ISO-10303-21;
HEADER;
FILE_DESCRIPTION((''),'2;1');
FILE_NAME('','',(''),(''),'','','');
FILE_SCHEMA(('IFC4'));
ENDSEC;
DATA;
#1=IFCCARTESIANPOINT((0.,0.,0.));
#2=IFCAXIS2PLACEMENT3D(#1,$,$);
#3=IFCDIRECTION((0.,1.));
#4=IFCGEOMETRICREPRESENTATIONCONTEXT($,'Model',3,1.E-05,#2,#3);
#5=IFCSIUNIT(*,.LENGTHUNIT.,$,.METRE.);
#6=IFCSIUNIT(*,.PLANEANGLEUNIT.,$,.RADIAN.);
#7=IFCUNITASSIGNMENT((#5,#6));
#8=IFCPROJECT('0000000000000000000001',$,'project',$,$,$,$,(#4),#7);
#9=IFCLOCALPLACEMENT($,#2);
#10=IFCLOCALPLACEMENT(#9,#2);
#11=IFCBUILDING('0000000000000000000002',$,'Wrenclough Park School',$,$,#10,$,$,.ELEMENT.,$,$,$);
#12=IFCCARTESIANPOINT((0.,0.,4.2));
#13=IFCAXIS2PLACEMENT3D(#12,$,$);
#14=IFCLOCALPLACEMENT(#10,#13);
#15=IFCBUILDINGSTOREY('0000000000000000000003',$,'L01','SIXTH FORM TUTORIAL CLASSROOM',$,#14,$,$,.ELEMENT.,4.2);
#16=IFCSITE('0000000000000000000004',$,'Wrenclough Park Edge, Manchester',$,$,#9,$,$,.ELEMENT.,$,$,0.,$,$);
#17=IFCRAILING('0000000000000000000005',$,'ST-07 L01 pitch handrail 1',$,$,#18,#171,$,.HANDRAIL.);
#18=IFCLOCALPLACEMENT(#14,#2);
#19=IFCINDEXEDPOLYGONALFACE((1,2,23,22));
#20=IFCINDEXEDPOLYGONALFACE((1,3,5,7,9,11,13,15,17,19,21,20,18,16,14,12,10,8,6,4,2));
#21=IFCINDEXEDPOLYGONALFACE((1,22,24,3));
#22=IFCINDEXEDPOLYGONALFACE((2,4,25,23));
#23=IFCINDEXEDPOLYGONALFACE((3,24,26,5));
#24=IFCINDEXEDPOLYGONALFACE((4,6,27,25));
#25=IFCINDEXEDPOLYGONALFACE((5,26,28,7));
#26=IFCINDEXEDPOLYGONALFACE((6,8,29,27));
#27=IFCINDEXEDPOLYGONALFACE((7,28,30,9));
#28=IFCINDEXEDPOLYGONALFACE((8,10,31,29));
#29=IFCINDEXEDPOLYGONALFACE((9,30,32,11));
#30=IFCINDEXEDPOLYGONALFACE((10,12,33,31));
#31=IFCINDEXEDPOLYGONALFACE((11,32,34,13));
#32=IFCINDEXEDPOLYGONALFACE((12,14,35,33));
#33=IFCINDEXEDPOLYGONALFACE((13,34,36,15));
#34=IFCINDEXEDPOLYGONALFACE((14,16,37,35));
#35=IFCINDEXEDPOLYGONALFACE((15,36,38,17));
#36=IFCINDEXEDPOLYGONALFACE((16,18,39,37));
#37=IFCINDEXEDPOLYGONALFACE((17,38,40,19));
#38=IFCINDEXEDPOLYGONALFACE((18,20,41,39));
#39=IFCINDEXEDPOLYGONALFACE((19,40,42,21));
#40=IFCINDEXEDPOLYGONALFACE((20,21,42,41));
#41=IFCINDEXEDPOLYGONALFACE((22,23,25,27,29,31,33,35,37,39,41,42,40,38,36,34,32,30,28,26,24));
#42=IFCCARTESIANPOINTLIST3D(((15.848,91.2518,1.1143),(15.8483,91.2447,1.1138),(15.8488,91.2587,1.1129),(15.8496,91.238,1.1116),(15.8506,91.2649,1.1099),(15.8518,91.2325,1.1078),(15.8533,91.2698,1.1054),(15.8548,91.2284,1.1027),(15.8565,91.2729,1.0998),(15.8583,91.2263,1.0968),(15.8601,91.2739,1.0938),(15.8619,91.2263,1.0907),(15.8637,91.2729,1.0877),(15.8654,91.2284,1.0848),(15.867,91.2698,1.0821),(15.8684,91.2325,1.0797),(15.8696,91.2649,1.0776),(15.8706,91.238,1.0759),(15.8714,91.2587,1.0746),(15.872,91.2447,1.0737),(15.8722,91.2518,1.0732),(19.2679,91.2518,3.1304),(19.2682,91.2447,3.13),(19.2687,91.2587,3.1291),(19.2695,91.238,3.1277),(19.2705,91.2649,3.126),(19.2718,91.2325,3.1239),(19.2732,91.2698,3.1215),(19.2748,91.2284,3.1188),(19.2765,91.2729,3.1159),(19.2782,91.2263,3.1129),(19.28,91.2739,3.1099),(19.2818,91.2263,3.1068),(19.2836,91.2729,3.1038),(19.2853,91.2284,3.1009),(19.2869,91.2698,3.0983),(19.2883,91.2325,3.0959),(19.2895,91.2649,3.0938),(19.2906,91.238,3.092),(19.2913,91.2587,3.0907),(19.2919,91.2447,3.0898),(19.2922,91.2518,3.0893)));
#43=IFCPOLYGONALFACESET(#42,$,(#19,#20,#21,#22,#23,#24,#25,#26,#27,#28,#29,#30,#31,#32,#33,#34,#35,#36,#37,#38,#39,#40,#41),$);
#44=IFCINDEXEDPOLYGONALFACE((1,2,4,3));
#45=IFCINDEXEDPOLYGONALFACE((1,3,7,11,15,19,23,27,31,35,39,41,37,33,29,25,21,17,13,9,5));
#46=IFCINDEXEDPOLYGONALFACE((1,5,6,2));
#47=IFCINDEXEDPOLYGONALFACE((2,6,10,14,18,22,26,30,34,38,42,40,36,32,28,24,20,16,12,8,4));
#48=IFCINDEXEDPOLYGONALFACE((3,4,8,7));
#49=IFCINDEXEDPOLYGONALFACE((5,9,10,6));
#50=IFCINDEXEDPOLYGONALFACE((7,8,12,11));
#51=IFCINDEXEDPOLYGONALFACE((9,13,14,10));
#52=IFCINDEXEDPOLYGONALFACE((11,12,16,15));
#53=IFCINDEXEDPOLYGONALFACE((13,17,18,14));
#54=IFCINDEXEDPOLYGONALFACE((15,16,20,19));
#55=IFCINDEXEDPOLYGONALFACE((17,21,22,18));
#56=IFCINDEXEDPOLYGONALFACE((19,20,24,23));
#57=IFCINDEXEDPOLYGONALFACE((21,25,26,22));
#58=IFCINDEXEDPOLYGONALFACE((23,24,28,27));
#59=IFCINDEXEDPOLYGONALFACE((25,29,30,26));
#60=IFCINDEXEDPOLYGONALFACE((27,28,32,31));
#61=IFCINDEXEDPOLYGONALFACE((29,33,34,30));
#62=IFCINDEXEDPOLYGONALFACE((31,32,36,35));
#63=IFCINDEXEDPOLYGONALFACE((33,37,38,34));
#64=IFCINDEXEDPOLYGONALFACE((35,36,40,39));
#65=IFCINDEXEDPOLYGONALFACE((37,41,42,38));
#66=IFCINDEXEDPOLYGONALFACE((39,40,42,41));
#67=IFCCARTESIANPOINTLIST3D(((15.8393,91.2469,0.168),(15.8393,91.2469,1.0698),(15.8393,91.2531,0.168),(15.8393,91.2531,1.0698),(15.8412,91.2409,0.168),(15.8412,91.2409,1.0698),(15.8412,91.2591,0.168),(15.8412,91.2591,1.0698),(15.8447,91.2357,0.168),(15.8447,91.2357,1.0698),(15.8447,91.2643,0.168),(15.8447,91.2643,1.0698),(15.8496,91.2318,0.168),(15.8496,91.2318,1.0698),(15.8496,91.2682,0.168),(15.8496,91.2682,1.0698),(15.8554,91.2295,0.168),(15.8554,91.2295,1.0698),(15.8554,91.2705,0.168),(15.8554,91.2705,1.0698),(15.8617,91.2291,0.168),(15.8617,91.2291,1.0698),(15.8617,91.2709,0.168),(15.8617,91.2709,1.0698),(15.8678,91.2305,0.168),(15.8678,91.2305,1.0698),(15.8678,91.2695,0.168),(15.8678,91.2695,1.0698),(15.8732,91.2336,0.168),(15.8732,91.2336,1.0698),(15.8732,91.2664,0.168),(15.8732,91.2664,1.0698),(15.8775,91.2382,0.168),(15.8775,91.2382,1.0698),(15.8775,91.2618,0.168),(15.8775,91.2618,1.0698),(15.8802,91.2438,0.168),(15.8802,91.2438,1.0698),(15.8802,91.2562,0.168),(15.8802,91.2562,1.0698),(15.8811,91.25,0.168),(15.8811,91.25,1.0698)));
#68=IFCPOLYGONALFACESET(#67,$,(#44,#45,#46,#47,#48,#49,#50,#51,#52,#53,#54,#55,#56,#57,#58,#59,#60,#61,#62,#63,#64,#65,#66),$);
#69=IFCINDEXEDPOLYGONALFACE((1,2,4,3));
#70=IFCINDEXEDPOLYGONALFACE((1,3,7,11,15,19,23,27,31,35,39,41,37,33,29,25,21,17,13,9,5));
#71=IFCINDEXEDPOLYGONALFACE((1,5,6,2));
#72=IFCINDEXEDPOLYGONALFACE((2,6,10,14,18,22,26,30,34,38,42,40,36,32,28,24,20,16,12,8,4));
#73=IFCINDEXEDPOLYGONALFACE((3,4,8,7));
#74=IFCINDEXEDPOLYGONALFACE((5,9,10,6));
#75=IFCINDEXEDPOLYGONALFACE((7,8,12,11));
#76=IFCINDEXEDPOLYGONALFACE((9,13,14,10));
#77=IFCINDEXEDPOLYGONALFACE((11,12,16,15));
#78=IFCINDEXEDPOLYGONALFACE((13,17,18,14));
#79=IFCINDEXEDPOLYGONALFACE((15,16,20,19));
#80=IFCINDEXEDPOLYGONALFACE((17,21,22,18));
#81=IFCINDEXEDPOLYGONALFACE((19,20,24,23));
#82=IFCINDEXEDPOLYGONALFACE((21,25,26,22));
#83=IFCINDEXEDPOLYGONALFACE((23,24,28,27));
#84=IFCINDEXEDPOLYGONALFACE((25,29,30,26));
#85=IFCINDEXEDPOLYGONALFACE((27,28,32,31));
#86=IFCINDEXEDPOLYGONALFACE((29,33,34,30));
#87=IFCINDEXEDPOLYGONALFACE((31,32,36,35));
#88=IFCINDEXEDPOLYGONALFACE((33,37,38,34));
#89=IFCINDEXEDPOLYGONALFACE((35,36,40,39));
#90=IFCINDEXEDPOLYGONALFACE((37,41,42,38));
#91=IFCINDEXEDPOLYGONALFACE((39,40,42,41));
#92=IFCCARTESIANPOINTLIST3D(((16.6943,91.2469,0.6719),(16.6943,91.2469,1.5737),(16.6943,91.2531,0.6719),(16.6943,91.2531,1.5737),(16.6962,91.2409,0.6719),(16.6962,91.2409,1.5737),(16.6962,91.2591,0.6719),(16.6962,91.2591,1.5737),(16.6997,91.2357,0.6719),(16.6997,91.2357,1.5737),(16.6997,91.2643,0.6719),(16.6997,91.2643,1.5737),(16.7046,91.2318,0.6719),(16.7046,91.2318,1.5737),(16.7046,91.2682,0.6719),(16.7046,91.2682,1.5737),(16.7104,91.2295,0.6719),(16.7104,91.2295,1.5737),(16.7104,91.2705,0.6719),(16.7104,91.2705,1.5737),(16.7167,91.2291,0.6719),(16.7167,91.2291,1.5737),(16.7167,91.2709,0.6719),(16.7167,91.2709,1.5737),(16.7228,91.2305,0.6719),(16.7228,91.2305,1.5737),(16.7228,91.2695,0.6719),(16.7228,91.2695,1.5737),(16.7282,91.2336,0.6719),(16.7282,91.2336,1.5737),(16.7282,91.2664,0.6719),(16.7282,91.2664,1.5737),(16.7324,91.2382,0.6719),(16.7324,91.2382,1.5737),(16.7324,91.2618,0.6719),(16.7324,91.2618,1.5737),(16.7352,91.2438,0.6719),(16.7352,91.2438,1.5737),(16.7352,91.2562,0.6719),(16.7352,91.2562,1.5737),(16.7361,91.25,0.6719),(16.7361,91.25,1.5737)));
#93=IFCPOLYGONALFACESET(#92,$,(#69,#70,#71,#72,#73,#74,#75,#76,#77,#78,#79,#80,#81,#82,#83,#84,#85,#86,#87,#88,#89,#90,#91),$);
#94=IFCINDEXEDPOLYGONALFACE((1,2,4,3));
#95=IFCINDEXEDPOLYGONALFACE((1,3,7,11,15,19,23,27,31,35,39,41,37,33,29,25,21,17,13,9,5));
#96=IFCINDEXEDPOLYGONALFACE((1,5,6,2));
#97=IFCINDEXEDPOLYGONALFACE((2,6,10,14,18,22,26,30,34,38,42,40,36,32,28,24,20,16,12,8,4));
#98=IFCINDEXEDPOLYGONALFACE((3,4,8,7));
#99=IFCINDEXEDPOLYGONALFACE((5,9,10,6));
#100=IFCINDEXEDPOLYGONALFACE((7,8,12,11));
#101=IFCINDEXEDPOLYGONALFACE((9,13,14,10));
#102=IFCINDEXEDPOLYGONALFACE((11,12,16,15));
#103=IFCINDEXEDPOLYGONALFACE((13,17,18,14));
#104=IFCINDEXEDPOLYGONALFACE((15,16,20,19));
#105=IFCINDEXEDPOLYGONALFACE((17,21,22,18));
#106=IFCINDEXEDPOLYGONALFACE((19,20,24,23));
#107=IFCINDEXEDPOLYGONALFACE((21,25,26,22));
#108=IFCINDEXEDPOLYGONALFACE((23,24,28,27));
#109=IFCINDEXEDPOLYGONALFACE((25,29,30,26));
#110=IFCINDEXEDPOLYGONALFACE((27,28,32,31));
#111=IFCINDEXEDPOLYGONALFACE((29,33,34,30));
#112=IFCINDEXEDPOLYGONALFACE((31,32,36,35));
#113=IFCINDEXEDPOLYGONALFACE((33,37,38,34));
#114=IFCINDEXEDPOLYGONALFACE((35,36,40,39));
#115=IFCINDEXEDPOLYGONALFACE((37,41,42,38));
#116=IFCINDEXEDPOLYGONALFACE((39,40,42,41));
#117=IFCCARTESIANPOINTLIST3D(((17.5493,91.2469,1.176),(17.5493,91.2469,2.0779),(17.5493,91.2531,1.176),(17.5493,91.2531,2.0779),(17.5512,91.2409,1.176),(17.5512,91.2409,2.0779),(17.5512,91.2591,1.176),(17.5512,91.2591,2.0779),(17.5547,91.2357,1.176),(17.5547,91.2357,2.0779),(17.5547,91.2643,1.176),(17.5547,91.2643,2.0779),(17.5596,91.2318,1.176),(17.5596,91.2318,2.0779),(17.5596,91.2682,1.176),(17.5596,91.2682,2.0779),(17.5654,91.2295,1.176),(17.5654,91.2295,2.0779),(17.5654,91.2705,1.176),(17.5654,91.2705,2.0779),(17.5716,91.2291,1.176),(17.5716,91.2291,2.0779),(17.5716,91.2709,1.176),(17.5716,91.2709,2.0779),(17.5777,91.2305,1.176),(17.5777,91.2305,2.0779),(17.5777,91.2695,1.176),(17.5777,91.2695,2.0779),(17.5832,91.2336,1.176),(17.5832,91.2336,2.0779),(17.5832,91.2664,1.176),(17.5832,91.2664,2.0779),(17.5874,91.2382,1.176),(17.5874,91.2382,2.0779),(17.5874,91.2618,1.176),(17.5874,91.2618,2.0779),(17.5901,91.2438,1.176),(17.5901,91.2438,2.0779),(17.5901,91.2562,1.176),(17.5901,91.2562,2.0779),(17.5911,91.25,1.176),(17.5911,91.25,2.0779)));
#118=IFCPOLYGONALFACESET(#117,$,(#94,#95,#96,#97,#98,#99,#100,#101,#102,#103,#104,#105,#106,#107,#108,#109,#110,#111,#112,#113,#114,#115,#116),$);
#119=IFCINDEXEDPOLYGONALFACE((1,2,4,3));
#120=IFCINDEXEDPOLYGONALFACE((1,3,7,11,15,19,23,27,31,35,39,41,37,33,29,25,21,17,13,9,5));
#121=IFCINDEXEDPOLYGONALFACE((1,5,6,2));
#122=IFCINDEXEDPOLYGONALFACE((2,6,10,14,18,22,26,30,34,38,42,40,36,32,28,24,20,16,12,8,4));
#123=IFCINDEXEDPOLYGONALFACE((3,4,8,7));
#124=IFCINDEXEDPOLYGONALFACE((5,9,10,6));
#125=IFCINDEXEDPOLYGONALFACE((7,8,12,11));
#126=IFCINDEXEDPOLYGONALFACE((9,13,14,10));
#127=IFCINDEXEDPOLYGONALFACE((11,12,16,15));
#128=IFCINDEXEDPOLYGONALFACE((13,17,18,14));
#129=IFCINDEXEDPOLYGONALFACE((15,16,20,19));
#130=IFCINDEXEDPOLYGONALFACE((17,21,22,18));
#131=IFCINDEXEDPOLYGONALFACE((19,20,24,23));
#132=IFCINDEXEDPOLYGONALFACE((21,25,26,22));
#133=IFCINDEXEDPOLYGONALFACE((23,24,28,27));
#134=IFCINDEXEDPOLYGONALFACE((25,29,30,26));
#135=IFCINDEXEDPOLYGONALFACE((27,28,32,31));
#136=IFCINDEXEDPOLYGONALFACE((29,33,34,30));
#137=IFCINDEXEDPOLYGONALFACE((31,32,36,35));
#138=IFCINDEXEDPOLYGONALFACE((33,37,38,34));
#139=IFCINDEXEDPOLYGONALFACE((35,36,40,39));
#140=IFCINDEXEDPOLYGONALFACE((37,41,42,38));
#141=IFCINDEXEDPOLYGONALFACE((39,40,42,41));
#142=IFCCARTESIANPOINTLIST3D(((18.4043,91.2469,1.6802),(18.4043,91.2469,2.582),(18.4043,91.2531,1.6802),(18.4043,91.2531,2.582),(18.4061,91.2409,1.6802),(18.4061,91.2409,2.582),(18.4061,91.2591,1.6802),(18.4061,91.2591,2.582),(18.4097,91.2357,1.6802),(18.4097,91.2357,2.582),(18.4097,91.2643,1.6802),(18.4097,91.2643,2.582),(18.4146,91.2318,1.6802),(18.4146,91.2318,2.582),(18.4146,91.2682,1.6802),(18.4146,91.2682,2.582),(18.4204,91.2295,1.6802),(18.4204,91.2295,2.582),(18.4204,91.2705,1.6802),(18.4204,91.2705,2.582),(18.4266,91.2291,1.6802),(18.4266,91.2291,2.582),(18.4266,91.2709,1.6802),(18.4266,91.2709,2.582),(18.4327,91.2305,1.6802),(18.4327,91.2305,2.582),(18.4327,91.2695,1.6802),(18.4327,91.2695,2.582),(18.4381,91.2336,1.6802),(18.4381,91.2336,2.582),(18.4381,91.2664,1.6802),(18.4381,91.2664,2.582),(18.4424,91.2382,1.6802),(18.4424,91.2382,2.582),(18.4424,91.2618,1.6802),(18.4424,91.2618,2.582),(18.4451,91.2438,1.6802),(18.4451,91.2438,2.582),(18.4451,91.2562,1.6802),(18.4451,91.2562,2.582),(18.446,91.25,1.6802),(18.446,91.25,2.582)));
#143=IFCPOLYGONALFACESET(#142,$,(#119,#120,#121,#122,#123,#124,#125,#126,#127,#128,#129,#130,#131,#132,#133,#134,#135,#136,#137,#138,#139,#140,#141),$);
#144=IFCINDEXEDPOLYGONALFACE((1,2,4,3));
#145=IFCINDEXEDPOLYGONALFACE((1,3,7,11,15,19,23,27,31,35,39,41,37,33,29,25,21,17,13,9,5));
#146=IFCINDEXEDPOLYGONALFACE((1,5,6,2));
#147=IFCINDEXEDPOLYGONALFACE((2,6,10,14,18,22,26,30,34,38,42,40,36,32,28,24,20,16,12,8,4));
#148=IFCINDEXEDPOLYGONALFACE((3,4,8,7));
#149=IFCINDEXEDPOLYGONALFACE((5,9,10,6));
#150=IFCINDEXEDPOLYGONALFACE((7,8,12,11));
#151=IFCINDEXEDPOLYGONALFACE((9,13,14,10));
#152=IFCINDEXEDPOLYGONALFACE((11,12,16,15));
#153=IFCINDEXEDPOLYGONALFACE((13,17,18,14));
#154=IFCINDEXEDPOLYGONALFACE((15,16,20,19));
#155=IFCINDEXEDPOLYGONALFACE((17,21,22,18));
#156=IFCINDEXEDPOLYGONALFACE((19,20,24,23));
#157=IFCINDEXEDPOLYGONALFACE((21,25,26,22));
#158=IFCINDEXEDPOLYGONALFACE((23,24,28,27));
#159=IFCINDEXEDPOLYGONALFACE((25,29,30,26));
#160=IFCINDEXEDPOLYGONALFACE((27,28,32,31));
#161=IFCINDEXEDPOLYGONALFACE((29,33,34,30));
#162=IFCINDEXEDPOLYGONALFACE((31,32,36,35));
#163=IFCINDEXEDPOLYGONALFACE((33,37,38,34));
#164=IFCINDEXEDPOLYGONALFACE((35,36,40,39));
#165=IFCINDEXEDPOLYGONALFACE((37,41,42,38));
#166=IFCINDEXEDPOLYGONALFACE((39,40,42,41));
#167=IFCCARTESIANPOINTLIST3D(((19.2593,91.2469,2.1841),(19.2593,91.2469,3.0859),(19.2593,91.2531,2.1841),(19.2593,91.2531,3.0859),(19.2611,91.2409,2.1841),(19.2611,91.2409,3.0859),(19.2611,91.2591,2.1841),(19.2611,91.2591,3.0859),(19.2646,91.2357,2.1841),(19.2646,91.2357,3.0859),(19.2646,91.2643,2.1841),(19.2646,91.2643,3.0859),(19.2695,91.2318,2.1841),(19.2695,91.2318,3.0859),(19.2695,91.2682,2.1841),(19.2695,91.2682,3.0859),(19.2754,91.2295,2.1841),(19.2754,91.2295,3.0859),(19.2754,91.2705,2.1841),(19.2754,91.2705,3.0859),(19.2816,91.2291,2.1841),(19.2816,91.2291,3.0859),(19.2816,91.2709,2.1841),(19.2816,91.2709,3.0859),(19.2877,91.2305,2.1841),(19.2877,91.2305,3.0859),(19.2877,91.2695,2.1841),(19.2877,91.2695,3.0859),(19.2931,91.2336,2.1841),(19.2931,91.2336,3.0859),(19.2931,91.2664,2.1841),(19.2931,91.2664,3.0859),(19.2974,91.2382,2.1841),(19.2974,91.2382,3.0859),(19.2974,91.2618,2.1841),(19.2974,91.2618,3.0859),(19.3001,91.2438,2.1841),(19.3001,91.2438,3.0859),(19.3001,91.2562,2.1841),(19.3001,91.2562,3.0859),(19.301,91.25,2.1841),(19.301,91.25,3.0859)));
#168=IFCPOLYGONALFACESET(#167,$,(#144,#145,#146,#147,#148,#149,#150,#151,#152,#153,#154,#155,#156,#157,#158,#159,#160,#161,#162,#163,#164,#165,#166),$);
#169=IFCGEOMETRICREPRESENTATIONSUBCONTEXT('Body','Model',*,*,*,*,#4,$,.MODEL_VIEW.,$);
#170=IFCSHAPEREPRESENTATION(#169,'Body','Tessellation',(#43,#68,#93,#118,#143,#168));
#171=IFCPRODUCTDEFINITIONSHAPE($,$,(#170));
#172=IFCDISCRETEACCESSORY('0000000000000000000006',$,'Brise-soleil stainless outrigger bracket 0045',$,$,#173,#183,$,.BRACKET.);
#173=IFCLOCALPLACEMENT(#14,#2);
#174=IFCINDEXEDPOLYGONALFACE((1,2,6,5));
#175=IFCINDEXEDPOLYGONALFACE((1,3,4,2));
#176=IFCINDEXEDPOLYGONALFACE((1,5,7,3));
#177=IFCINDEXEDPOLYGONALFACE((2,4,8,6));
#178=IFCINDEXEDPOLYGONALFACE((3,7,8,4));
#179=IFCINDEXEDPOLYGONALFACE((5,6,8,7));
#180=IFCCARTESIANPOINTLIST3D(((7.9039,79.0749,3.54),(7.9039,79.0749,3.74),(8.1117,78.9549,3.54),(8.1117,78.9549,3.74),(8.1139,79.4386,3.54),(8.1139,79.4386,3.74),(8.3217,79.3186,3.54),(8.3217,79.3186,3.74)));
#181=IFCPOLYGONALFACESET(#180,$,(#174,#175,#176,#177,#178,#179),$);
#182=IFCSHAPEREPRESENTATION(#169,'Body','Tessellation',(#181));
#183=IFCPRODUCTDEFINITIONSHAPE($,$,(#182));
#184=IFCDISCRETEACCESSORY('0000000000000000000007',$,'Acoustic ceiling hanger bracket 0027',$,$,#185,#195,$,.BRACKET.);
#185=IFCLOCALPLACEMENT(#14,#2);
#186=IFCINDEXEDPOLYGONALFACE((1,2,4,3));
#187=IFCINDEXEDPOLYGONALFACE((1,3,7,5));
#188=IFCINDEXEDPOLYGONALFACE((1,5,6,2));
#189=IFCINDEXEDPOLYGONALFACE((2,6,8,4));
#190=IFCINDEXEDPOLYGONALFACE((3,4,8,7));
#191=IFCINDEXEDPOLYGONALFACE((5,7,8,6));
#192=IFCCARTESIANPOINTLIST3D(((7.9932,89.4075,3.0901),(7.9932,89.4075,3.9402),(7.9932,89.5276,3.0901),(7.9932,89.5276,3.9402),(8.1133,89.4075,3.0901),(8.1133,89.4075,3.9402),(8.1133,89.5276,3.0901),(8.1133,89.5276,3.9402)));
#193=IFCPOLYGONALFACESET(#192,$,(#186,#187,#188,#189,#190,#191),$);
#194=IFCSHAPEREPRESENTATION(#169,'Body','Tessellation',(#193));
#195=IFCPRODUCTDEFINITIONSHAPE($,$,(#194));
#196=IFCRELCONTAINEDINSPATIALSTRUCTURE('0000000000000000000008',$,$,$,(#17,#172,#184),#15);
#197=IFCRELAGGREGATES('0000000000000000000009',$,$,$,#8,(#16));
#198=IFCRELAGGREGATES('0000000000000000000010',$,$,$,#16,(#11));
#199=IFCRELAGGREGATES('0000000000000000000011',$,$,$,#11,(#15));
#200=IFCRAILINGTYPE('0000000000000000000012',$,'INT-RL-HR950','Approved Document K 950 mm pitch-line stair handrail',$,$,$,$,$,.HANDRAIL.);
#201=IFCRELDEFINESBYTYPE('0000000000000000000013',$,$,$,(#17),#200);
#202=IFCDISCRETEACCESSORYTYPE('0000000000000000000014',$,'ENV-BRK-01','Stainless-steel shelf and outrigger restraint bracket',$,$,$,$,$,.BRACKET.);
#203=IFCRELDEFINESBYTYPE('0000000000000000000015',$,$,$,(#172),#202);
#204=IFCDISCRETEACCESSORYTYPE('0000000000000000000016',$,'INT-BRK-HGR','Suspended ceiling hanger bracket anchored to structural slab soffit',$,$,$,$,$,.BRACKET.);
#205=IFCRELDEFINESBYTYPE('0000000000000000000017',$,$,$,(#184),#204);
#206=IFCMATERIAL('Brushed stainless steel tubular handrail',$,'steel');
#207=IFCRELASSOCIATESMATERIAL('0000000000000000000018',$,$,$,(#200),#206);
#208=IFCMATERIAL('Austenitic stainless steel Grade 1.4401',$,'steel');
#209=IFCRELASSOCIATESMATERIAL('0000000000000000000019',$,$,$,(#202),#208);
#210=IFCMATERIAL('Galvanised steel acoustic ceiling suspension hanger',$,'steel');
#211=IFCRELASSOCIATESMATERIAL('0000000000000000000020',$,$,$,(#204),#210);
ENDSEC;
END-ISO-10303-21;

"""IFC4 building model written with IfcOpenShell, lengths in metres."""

from ifc_helpers import new_model, si_unit, direction, frame, origin, origin_2d, place, context, subcontext, project, spatial, rectangle, circle, extrude, material, type_object, element, save


model = new_model("IFC4")

# Units and contexts
model_context = context("Model", 3, precision=1e-05, world=origin(), true_north=direction((0.0, 1.0)))
body_context = subcontext(model_context, "Body", "Model", "MODEL_VIEW")
ifc_project = project(units=[si_unit("LENGTHUNIT", "METRE"), si_unit("PLANEANGLEUNIT", "RADIAN")], contexts=[model_context])

# Site, building, storey
site_placement = place(None, origin())
site = spatial("IfcSite", under=ifc_project, at=site_placement, Name="Wrenclough Park Edge, Manchester", CompositionType="ELEMENT", RefElevation=0.0)
building_placement = place(site_placement, origin())
building = spatial("IfcBuilding", under=site, at=building_placement, Name="Wrenclough Park School", CompositionType="ELEMENT")
storey_placement = place(building_placement, frame((0.0, 0.0, 4.2)))
storey = spatial("IfcBuildingStorey", under=building, at=storey_placement, Name="L01", Description="SIXTH FORM TUTORIAL CLASSROOM", CompositionType="ELEMENT", Elevation=4.2)

# Railing
ifc_material_1 = material(Name="Brushed stainless steel tubular handrail", Category="steel")
railing_type_1 = type_object("IfcRailingType", Name="INT-RL-HR950", Description="Approved Document K 950 mm pitch-line stair handrail", PredefinedType="HANDRAIL", material=ifc_material_1)
railing_1_placement = place(storey_placement, frame((15.8601, 91.25, 0.168)))
element("IfcRailing", 1, at=railing_1_placement, inside=storey, type_object=railing_type_1, Name="ST-07 L01 pitch handrail 1", PredefinedType="HANDRAIL", context=body_context, shape_type="SweptSolid", body=[
    extrude(circle(Radius=0.0239, at=origin_2d()), frame((0.0, 0.0, 0.9258), z_axis=(0.86145, 0.0, 0.507842), x_axis=(0.0, 1.0, 0.0)), (0.0, 0.0, 1.0), 3.97),
    extrude(circle(Radius=0.021, at=origin_2d()), origin(), (0.0, 0.0, 1.0), 0.9019),
    extrude(circle(Radius=0.021, at=origin_2d()), frame((0.855, 0.0, 0.5039)), (0.0, 0.0, 1.0), 0.9019),
    extrude(circle(Radius=0.021, at=origin_2d()), frame((1.71, 0.0, 1.0081)), (0.0, 0.0, 1.0), 0.9019),
    extrude(circle(Radius=0.021, at=origin_2d()), frame((2.5649, 0.0, 1.5122)), (0.0, 0.0, 1.0), 0.9019),
    extrude(circle(Radius=0.021, at=origin_2d()), frame((3.4199, 0.0, 2.0161)), (0.0, 0.0, 1.0), 0.9019),
])

# Discrete accessories
ifc_material_2 = material(Name="Austenitic stainless steel Grade 1.4401", Category="steel")
discrete_accessory_type_1 = type_object("IfcDiscreteAccessoryType", Name="ENV-BRK-01", Description="Stainless-steel shelf and outrigger restraint bracket", PredefinedType="BRACKET", material=ifc_material_2)
discrete_accessory_1_placement = place(storey_placement, frame((8.1128, 79.1968, 3.54), z_axis=(0.0, 0.0, 1.0), x_axis=(0.866031, -0.499991, 0.0)))
element("IfcDiscreteAccessory", 2, at=discrete_accessory_1_placement, inside=storey, type_object=discrete_accessory_type_1, Name="Brise-soleil stainless outrigger bracket 0045", PredefinedType="BRACKET", context=body_context, shape_type="SweptSolid", body=[
    extrude(rectangle(XDim=0.24, YDim=0.4199, at=origin_2d()), origin(), (0.0, 0.0, 1.0), 0.2),
])
ifc_material_3 = material(Name="Galvanised steel acoustic ceiling suspension hanger", Category="steel")
discrete_accessory_type_2 = type_object("IfcDiscreteAccessoryType", Name="INT-BRK-HGR", Description="Suspended ceiling hanger bracket anchored to structural slab soffit", PredefinedType="BRACKET", material=ifc_material_3)
discrete_accessory_2_placement = place(storey_placement, frame((8.0532, 89.4675, 3.0901), z_axis=(0.0, 0.0, 1.0), x_axis=(1.0, 0.0, 0.0)))
element("IfcDiscreteAccessory", 3, at=discrete_accessory_2_placement, inside=storey, type_object=discrete_accessory_type_2, Name="Acoustic ceiling hanger bracket 0027", PredefinedType="BRACKET", context=body_context, shape_type="SweptSolid", body=[
    extrude(rectangle(XDim=0.1201, YDim=0.1201, at=origin_2d()), origin(), (0.0, 0.0, 1.0), 0.8501),
])

save(model, "model.ifc")
